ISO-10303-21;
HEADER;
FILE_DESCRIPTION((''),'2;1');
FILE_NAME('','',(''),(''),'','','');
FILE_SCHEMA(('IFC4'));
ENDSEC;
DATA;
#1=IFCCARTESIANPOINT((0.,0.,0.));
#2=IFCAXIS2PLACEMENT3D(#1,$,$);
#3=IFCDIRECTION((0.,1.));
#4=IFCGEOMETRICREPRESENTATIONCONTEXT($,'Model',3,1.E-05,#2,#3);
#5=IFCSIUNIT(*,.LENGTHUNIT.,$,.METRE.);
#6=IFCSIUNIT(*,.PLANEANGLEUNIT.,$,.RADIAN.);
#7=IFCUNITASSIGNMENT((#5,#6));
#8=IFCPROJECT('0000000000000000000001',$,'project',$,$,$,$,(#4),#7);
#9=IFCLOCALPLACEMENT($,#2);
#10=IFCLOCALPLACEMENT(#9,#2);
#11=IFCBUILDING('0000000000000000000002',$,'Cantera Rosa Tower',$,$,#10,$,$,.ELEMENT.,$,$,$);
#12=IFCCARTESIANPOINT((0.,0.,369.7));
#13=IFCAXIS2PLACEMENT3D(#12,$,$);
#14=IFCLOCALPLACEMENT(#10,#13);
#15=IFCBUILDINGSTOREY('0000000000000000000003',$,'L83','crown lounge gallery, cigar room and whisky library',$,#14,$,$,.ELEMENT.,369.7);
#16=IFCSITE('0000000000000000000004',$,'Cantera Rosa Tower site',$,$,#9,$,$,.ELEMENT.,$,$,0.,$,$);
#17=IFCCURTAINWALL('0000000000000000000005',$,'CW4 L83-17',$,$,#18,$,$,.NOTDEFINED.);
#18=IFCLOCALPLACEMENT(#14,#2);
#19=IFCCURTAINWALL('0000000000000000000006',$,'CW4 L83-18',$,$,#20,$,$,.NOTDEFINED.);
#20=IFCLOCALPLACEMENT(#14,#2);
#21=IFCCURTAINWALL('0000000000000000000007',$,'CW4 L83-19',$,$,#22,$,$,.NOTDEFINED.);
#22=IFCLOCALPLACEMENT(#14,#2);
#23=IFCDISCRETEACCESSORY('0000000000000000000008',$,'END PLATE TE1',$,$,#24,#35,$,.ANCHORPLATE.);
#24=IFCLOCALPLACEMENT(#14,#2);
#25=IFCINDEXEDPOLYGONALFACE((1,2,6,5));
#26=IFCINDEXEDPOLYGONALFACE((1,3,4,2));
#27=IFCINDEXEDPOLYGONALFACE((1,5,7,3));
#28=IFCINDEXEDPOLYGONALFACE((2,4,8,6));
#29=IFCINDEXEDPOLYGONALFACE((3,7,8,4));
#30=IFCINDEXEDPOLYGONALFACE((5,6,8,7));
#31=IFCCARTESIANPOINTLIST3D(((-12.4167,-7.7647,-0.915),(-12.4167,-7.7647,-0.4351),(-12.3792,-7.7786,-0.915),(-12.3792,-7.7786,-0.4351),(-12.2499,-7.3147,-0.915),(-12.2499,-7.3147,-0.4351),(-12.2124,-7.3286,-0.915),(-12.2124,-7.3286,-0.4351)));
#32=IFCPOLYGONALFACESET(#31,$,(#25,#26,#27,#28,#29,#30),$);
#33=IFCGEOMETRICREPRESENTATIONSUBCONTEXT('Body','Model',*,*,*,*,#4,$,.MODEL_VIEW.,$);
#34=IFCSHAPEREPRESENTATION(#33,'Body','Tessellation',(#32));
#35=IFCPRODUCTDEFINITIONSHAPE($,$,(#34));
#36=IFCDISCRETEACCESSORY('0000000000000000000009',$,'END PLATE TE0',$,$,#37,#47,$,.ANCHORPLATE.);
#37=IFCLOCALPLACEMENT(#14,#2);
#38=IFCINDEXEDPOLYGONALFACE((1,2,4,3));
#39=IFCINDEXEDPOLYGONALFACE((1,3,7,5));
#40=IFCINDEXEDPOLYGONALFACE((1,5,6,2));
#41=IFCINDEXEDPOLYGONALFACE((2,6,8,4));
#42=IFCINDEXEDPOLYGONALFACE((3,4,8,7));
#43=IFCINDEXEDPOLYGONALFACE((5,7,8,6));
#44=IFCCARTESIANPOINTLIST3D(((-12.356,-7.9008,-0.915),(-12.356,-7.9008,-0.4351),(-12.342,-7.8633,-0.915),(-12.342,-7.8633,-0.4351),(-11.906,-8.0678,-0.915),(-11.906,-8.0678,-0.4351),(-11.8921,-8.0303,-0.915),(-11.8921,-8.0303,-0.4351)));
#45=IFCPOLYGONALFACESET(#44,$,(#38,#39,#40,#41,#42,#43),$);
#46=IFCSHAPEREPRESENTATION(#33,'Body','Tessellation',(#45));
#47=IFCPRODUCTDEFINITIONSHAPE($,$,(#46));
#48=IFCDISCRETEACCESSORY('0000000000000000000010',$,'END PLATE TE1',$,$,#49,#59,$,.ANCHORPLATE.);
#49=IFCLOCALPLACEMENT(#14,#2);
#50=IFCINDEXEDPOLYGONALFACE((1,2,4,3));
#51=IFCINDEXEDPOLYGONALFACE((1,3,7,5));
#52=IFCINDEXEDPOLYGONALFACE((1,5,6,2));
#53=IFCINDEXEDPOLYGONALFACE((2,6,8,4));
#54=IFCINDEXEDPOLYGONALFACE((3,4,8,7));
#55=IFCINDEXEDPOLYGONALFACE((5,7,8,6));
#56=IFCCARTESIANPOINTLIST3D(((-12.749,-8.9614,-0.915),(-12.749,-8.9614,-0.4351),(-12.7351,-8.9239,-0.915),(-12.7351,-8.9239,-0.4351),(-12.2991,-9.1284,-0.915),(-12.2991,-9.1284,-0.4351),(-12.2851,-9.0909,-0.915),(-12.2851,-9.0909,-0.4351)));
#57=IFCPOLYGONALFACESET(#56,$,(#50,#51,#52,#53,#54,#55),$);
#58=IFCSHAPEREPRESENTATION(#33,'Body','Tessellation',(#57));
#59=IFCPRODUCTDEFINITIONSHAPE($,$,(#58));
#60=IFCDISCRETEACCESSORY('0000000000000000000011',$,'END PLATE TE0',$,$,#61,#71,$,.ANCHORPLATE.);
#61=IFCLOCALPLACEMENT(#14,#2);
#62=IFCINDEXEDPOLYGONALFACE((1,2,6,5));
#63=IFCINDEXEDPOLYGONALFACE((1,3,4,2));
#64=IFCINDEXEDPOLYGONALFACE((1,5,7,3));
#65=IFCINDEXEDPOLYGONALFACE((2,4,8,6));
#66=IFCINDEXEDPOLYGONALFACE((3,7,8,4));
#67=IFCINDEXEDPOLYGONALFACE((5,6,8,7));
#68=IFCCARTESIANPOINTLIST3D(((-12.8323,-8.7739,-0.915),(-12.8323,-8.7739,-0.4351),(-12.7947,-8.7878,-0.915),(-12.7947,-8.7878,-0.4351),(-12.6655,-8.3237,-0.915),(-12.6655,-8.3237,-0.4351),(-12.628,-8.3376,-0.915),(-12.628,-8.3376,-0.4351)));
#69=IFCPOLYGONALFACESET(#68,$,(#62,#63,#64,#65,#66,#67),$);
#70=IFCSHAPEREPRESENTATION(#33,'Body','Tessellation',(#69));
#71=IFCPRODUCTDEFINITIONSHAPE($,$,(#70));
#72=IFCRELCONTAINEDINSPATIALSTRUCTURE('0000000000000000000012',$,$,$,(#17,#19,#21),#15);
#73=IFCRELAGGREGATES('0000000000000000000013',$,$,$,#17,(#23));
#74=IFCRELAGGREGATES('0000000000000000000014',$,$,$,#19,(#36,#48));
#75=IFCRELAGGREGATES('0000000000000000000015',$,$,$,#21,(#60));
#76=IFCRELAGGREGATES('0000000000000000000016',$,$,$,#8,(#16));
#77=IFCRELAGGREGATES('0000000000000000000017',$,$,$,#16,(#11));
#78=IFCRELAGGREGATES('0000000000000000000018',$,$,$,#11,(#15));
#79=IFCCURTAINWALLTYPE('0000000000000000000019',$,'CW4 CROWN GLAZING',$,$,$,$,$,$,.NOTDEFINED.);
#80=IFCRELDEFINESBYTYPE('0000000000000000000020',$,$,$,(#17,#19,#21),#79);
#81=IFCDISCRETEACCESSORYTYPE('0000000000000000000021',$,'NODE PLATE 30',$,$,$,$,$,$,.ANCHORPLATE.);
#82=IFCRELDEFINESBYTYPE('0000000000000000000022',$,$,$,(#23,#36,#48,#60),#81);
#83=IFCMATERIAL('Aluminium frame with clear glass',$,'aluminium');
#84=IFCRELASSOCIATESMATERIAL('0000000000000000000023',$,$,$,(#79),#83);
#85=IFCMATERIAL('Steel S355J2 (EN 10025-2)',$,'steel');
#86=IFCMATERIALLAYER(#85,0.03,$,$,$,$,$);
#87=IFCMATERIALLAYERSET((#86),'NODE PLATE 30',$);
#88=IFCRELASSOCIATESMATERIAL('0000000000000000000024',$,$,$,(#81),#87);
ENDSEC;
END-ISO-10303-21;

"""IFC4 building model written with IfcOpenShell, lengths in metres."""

from ifc_helpers import new_model, si_unit, direction, frame, origin, place, context, subcontext, project, spatial, polyline, outline, extrude, material, layer, layer_set, type_object, element, aggregate, save


model = new_model("IFC4")

# Units and contexts
model_context = context("Model", 3, precision=1e-05, world=origin(), true_north=direction((0.0, 1.0)))
body_context = subcontext(model_context, "Body", "Model", "MODEL_VIEW")
ifc_project = project(units=[si_unit("LENGTHUNIT", "METRE"), si_unit("PLANEANGLEUNIT", "RADIAN")], contexts=[model_context])

# Site, building, storey
site_placement = place(None, origin())
site = spatial("IfcSite", under=ifc_project, at=site_placement, Name="Cantera Rosa Tower site", CompositionType="ELEMENT", RefElevation=0.0)
building_placement = place(site_placement, origin())
building = spatial("IfcBuilding", under=site, at=building_placement, Name="Cantera Rosa Tower", CompositionType="ELEMENT")
storey_placement = place(building_placement, frame((0.0, 0.0, 369.7)))
storey = spatial("IfcBuildingStorey", under=building, at=storey_placement, Name="L83", Description="crown lounge gallery, cigar room and whisky library", CompositionType="ELEMENT", Elevation=369.7)

# Curtain walls
ifc_material_1 = material(Name="Aluminium frame with clear glass", Category="aluminium")
curtain_wall_type = type_object("IfcCurtainWallType", Name="CW4 CROWN GLAZING", PredefinedType="NOTDEFINED", material=ifc_material_1)
curtain_wall_1_placement = place(storey_placement, origin())
curtain_wall_1 = element("IfcCurtainWall", 1, at=curtain_wall_1_placement, inside=storey, type_object=curtain_wall_type, Name="CW4 L83-17", PredefinedType="NOTDEFINED")
curtain_wall_2_placement = place(storey_placement, origin())
curtain_wall_2 = element("IfcCurtainWall", 2, at=curtain_wall_2_placement, inside=storey, type_object=curtain_wall_type, Name="CW4 L83-18", PredefinedType="NOTDEFINED")
curtain_wall_3_placement = place(storey_placement, origin())
curtain_wall_3 = element("IfcCurtainWall", 3, at=curtain_wall_3_placement, inside=storey, type_object=curtain_wall_type, Name="CW4 L83-19", PredefinedType="NOTDEFINED")

# Discrete accessories
ifc_material_2 = material(Name="Steel S355J2 (EN 10025-2)", Category="steel")
ifc_layer_1 = layer(ifc_material_2, 0.03)
ifc_layer_set_1 = layer_set([ifc_layer_1], Name="NODE PLATE 30")
discrete_accessory_type = type_object("IfcDiscreteAccessoryType", Name="NODE PLATE 30", PredefinedType="ANCHORPLATE", material=ifc_layer_set_1)
discrete_accessory_1_placement = place(storey_placement, frame((-12.2124, -7.3286, -0.4351), z_axis=(0.937681, -0.347497, 0.0), x_axis=(-0.347497, -0.937681, 0.0)))
discrete_accessory_1 = element("IfcDiscreteAccessory", 4, at=discrete_accessory_1_placement, type_object=discrete_accessory_type, Name="END PLATE TE1", PredefinedType="ANCHORPLATE", context=body_context, shape_type="SweptSolid", body=[
    extrude(outline(polyline([(0.0, 0.0), (0.4799, 0.0), (0.4799, 0.48), (0.0, 0.48), (0.0, 0.0)])), origin(), (0.0, 0.0, -1.0), 0.04),
])
aggregate(curtain_wall_1, [discrete_accessory_1])
discrete_accessory_2_placement = place(storey_placement, frame((-12.342, -7.8633, -0.4351), z_axis=(0.347944, 0.937515, 0.0), x_axis=(0.937515, -0.347944, 0.0)))
discrete_accessory_2 = element("IfcDiscreteAccessory", 5, at=discrete_accessory_2_placement, type_object=discrete_accessory_type, Name="END PLATE TE0", PredefinedType="ANCHORPLATE", context=body_context, shape_type="SweptSolid", body=[
    extrude(outline(polyline([(0.0, 0.0), (0.4799, 0.0), (0.4799, 0.48), (0.0, 0.48), (0.0, 0.0)])), origin(), (0.0, 0.0, -1.0), 0.04),
])
discrete_accessory_3_placement = place(storey_placement, frame((-12.2991, -9.1284, -0.4351), z_axis=(-0.347944, -0.937515, 0.0), x_axis=(-0.937515, 0.347944, 0.0)))
discrete_accessory_3 = element("IfcDiscreteAccessory", 6, at=discrete_accessory_3_placement, type_object=discrete_accessory_type, Name="END PLATE TE1", PredefinedType="ANCHORPLATE", context=body_context, shape_type="SweptSolid", body=[
    extrude(outline(polyline([(0.0, 0.0), (0.4799, 0.0), (0.4799, 0.48), (0.0, 0.48), (0.0, 0.0)])), origin(), (0.0, 0.0, -1.0), 0.04),
])
aggregate(curtain_wall_2, [discrete_accessory_2, discrete_accessory_3])
discrete_accessory_4_placement = place(storey_placement, frame((-12.8323, -8.7739, -0.4351), z_axis=(-0.937743, 0.347331, 0.0), x_axis=(0.347331, 0.937743, 0.0)))
discrete_accessory_4 = element("IfcDiscreteAccessory", 7, at=discrete_accessory_4_placement, type_object=discrete_accessory_type, Name="END PLATE TE0", PredefinedType="ANCHORPLATE", context=body_context, shape_type="SweptSolid", body=[
    extrude(outline(polyline([(0.0, 0.0), (0.4801, 0.0), (0.4801, 0.48), (0.0, 0.48), (0.0, 0.0)])), origin(), (0.0, 0.0, -1.0), 0.04),
])
aggregate(curtain_wall_3, [discrete_accessory_4])

save(model, "model.ifc")
